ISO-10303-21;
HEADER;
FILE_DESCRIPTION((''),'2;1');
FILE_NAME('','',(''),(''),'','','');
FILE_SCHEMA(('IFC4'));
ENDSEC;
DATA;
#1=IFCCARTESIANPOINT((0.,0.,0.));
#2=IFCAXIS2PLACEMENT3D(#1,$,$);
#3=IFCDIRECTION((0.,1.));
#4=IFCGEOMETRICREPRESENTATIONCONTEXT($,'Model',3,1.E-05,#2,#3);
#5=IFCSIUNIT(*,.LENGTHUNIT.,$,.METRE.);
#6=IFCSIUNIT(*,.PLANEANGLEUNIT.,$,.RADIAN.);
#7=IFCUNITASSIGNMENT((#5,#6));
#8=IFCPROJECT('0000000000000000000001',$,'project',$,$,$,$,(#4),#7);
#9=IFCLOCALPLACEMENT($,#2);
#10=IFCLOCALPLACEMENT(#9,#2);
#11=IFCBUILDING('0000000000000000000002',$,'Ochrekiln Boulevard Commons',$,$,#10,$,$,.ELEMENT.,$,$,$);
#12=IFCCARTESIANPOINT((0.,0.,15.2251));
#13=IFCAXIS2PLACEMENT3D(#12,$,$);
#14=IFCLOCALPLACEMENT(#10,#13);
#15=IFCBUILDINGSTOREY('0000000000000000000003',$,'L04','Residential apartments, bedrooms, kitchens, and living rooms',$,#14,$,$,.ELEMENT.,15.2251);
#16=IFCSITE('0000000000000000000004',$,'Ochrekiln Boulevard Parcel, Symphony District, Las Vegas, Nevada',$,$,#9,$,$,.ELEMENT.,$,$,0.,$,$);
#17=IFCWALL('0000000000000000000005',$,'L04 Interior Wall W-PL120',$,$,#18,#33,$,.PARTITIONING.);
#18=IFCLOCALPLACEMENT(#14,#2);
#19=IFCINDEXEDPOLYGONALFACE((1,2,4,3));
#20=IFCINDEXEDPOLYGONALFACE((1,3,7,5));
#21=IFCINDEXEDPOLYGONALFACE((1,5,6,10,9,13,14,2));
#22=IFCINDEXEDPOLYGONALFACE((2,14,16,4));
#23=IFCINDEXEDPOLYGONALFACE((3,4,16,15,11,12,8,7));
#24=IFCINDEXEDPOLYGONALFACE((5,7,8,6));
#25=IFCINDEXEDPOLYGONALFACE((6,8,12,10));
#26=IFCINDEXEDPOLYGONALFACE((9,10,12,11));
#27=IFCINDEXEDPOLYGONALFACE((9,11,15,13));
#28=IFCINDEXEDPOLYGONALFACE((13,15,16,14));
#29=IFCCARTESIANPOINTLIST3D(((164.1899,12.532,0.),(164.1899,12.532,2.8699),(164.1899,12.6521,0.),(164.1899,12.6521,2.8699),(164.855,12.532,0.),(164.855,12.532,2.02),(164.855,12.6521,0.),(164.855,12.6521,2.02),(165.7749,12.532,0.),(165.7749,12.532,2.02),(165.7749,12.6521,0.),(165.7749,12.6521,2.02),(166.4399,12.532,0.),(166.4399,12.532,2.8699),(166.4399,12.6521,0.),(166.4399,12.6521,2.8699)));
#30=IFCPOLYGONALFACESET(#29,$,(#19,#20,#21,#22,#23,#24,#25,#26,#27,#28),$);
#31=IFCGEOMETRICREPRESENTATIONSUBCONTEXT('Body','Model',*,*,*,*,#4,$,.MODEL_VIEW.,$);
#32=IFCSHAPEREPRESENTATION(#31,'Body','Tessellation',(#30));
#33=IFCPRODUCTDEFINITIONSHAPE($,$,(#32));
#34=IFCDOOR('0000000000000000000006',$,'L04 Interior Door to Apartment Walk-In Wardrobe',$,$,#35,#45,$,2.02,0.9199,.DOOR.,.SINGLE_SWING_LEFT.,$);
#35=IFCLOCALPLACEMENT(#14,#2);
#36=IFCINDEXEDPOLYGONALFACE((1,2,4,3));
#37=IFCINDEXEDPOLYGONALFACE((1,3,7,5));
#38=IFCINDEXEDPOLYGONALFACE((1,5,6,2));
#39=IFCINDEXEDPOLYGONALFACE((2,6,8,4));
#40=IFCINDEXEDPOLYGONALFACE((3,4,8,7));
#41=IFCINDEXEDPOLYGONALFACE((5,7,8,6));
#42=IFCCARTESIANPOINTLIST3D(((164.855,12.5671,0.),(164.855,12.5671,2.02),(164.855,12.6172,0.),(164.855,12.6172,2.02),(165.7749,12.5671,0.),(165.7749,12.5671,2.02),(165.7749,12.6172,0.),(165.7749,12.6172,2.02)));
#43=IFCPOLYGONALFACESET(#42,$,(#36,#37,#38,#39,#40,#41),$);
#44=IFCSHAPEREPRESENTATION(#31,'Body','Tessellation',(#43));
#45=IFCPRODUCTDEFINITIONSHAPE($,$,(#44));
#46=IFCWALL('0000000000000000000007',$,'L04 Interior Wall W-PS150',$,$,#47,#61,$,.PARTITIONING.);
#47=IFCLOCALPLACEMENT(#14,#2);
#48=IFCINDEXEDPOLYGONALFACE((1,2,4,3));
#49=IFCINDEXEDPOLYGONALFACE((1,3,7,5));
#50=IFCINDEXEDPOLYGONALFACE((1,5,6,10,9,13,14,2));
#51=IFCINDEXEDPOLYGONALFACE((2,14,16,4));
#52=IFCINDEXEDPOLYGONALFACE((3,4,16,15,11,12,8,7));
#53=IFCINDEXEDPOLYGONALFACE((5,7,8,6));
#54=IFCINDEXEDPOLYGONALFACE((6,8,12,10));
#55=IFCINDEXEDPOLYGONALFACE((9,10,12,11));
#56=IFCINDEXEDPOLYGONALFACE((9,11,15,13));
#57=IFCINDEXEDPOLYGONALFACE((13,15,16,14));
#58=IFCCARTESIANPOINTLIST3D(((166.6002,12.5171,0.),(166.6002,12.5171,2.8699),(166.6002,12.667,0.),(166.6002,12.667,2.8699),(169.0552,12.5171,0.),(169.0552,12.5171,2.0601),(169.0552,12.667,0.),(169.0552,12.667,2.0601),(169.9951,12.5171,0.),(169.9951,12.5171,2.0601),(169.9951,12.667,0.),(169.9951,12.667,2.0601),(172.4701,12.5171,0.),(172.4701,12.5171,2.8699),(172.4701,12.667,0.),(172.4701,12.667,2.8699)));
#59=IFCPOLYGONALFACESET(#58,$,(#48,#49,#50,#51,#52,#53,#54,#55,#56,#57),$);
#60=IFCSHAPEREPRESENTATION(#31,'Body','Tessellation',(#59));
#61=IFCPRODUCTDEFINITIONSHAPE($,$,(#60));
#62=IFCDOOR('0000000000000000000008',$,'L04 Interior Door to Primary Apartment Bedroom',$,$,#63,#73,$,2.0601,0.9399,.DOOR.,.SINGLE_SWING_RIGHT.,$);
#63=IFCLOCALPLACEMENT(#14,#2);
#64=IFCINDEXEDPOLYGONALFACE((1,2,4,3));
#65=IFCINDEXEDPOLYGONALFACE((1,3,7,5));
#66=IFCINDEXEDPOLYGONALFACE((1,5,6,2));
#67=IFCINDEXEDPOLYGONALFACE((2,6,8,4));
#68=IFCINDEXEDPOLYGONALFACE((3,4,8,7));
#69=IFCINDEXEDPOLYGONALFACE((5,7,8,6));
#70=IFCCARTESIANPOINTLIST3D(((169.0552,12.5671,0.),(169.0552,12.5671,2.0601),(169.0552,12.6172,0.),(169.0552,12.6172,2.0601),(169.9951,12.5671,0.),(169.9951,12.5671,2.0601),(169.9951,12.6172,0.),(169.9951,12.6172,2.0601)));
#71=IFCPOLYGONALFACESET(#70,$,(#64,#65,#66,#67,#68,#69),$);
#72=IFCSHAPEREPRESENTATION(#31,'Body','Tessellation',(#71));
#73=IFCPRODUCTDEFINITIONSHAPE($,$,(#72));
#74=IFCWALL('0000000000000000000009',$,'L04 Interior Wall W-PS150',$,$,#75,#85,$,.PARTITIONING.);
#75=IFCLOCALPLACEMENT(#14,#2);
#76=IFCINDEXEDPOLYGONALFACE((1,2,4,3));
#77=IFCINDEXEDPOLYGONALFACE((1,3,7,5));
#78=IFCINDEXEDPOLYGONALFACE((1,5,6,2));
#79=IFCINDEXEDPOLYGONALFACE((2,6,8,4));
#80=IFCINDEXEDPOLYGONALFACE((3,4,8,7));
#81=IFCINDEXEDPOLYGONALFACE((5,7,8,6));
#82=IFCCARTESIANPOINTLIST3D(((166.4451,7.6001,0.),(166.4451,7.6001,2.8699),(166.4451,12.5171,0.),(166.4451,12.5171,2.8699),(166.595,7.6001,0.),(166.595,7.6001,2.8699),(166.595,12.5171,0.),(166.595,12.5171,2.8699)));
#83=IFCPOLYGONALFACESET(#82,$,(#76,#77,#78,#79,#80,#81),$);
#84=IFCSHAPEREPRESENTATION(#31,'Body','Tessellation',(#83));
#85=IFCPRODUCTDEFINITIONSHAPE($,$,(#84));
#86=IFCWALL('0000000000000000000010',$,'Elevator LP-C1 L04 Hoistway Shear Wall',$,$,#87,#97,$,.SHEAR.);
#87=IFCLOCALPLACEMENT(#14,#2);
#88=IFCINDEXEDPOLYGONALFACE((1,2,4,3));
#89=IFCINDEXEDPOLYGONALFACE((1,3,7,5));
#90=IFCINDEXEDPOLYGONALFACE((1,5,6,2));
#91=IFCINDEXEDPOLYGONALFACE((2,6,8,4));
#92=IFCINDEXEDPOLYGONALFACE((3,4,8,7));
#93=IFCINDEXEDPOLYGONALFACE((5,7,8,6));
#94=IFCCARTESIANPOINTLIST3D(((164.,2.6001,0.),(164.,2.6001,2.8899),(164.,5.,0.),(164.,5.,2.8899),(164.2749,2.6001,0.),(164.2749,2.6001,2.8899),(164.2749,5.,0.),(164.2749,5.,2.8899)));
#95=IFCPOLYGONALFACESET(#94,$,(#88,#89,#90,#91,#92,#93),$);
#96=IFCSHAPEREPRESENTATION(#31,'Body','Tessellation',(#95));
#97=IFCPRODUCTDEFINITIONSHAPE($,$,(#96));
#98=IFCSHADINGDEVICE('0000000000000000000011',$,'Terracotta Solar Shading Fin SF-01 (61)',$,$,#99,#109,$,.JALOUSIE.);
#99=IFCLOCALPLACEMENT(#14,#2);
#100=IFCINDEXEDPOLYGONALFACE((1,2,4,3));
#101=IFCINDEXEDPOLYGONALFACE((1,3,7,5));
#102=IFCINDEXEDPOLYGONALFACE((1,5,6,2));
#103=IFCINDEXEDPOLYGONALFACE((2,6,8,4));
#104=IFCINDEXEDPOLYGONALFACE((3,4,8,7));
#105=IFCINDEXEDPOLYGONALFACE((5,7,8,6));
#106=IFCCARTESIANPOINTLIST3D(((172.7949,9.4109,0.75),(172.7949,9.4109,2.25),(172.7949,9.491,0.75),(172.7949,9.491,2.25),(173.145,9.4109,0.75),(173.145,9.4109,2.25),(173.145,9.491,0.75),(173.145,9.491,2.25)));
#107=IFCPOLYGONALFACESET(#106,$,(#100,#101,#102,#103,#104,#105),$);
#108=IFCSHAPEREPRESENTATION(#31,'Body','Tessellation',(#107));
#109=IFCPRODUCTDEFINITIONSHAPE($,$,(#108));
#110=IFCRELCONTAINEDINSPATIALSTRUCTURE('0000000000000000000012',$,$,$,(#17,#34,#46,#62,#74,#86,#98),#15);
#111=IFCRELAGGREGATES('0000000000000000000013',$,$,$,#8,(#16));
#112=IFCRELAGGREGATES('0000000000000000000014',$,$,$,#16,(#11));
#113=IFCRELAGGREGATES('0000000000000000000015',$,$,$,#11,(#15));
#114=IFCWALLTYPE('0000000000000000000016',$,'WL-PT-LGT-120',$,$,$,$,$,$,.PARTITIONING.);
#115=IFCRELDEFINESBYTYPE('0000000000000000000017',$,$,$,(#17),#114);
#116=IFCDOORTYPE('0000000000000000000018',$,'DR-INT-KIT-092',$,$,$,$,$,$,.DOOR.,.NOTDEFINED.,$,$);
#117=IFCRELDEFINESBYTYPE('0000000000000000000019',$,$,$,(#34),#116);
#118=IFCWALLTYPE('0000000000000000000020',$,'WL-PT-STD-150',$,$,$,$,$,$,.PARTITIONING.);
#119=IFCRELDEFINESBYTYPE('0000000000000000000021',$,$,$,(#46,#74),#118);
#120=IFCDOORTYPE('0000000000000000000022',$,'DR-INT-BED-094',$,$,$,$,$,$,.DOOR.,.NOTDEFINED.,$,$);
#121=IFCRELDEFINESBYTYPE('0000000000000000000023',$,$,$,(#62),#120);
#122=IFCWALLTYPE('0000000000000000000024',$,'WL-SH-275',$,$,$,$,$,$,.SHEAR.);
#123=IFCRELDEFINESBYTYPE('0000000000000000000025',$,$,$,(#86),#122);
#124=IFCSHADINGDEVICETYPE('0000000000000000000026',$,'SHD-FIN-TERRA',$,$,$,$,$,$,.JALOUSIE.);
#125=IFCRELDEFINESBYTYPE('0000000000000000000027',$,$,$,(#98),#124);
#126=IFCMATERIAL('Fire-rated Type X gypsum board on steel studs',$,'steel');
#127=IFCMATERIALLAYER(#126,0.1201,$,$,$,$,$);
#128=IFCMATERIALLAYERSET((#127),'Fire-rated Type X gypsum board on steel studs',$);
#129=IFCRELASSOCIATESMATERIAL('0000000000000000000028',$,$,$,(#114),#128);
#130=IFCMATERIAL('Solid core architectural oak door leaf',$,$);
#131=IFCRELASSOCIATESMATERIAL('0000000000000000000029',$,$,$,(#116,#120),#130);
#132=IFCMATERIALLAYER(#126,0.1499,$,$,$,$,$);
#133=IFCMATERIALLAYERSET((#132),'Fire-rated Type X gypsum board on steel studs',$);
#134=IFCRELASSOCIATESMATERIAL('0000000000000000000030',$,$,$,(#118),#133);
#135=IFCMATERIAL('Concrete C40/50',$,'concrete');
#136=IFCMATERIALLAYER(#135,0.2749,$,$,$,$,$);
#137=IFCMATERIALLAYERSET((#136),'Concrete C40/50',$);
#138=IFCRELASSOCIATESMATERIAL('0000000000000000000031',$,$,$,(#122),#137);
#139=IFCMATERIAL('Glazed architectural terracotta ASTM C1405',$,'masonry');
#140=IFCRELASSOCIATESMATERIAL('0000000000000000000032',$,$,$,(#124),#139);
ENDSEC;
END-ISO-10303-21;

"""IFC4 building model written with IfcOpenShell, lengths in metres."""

from ifc_helpers import new_model, si_unit, direction, frame, frame_2d, origin, origin_2d, place, context, subcontext, project, spatial, rectangle, extrude, material, layer, layer_set, type_object, element, fill, save


model = new_model("IFC4")

# Units and contexts
model_context = context("Model", 3, precision=1e-05, world=origin(), true_north=direction((0.0, 1.0)))
body_context = subcontext(model_context, "Body", "Model", "MODEL_VIEW")
ifc_project = project(units=[si_unit("LENGTHUNIT", "METRE"), si_unit("PLANEANGLEUNIT", "RADIAN")], contexts=[model_context])

# Site, building, storey
site_placement = place(None, origin())
site = spatial("IfcSite", under=ifc_project, at=site_placement, Name="Ochrekiln Boulevard Parcel, Symphony District, Las Vegas, Nevada", CompositionType="ELEMENT", RefElevation=0.0)
building_placement = place(site_placement, origin())
building = spatial("IfcBuilding", under=site, at=building_placement, Name="Ochrekiln Boulevard Commons", CompositionType="ELEMENT")
storey_placement = place(building_placement, frame((0.0, 0.0, 15.2251)))
storey = spatial("IfcBuildingStorey", under=building, at=storey_placement, Name="L04", Description="Residential apartments, bedrooms, kitchens, and living rooms", CompositionType="ELEMENT", Elevation=15.2251)

# Shared definitions
ifc_material_1 = material(Name="Concrete C40/50", Category="concrete")

# Walls, openings, doors
ifc_material_2 = material(Name="Solid core architectural oak door leaf")
ifc_material_3 = material(Name="Fire-rated Type X gypsum board on steel studs", Category="steel")
ifc_layer_1 = layer(ifc_material_3, 0.1201)
ifc_layer_set_1 = layer_set([ifc_layer_1], Name="Fire-rated Type X gypsum board on steel studs")
wall_type_1 = type_object("IfcWallType", Name="WL-PT-LGT-120", PredefinedType="PARTITIONING", material=ifc_layer_set_1)
wall_1_placement = place(storey_placement, frame((164.1899, 12.592, 0.0), z_axis=(0.0, 0.0, 1.0), x_axis=(1.0, 0.0, 0.0)))
wall_1 = element("IfcWall", 1, at=wall_1_placement, inside=storey, type_object=wall_type_1, Name="L04 Interior Wall W-PL120", PredefinedType="PARTITIONING", context=body_context, shape_type="SweptSolid", body=[
    extrude(rectangle(XDim=2.25, YDim=0.1201, at=frame_2d((1.125, 0.0))), origin(), (0.0, 0.0, 1.0), 2.8699),
])
opening_1_placement = place(wall_1_placement, frame((0.665, 0.0, 0.0)))
opening_1 = element("IfcOpeningElement", 2, at=opening_1_placement, cuts=wall_1, PredefinedType="OPENING", context=body_context, shape_type="SweptSolid", body=[
    extrude(rectangle(XDim=0.9199, YDim=2.02, at=frame_2d((0.46, 1.01))), frame((0.0, 0.0701, 0.0), z_axis=(0.0, -1.0, 0.0), x_axis=(1.0, 0.0, 0.0)), (0.0, 0.0, 1.0), 0.1401),
])
door_type_1 = type_object("IfcDoorType", Name="DR-INT-KIT-092", OperationType="NOTDEFINED", PredefinedType="DOOR", material=ifc_material_2)
door_1_placement = place(opening_1_placement, frame((0.9199, 0.0, 0.0), z_axis=(0.0, 0.0, 1.0), x_axis=(-1.0, 0.0, 0.0)))
door_1 = element("IfcDoor", 3, at=door_1_placement, inside=storey, type_object=door_type_1, Name="L04 Interior Door to Apartment Walk-In Wardrobe", OperationType="SINGLE_SWING_LEFT", OverallHeight=2.02, OverallWidth=0.9199, PredefinedType="DOOR", context=body_context, shape_type="SweptSolid", body=[
    extrude(rectangle(XDim=0.9199, YDim=2.02, at=frame_2d((0.46, 1.01))), frame((0.0, 0.0249, 0.0), z_axis=(0.0, -1.0, 0.0), x_axis=(1.0, 0.0, 0.0)), (0.0, 0.0, 1.0), 0.05),
])
fill(opening_1, door_1)
ifc_layer_2 = layer(ifc_material_3, 0.1499)
ifc_layer_set_2 = layer_set([ifc_layer_2], Name="Fire-rated Type X gypsum board on steel studs")
wall_type_2 = type_object("IfcWallType", Name="WL-PT-STD-150", PredefinedType="PARTITIONING", material=ifc_layer_set_2)
wall_2_placement = place(storey_placement, frame((166.6001, 12.592, 0.0), z_axis=(0.0, 0.0, 1.0), x_axis=(1.0, 0.0, 0.0)))
wall_2 = element("IfcWall", 4, at=wall_2_placement, inside=storey, type_object=wall_type_2, Name="L04 Interior Wall W-PS150", PredefinedType="PARTITIONING", context=body_context, shape_type="SweptSolid", body=[
    extrude(rectangle(XDim=5.8699, YDim=0.1499, at=frame_2d((2.9351, 0.0))), origin(), (0.0, 0.0, 1.0), 2.8699),
])
opening_2_placement = place(wall_2_placement, frame((2.4551, 0.0, 0.0)))
opening_2 = element("IfcOpeningElement", 5, at=opening_2_placement, cuts=wall_2, PredefinedType="OPENING", context=body_context, shape_type="SweptSolid", body=[
    extrude(rectangle(XDim=0.9399, YDim=2.0601, at=frame_2d((0.47, 1.03))), frame((0.0, 0.085, 0.0), z_axis=(0.0, -1.0, 0.0), x_axis=(1.0, 0.0, 0.0)), (0.0, 0.0, 1.0), 0.1699),
])
door_type_2 = type_object("IfcDoorType", Name="DR-INT-BED-094", OperationType="NOTDEFINED", PredefinedType="DOOR", material=ifc_material_2)
door_2_placement = place(opening_2_placement, frame((0.9399, 0.0, 0.0), z_axis=(0.0, 0.0, 1.0), x_axis=(-1.0, 0.0, 0.0)))
door_2 = element("IfcDoor", 6, at=door_2_placement, inside=storey, type_object=door_type_2, Name="L04 Interior Door to Primary Apartment Bedroom", OperationType="SINGLE_SWING_RIGHT", OverallHeight=2.0601, OverallWidth=0.9399, PredefinedType="DOOR", context=body_context, shape_type="SweptSolid", body=[
    extrude(rectangle(XDim=0.9399, YDim=2.0601, at=frame_2d((0.47, 1.03))), frame((0.0, 0.0249, 0.0), z_axis=(0.0, -1.0, 0.0), x_axis=(1.0, 0.0, 0.0)), (0.0, 0.0, 1.0), 0.05),
])
fill(opening_2, door_2)

# Walls
wall_3_placement = place(storey_placement, frame((166.52, 7.6001, 0.0), z_axis=(0.0, 0.0, 1.0), x_axis=(0.0, 1.0, 0.0)))
element("IfcWall", 7, at=wall_3_placement, inside=storey, type_object=wall_type_2, Name="L04 Interior Wall W-PS150", PredefinedType="PARTITIONING", context=body_context, shape_type="SweptSolid", body=[
    extrude(rectangle(XDim=4.917, YDim=0.1499, at=frame_2d((2.4585, 0.0))), origin(), (0.0, 0.0, 1.0), 2.8699),
])
ifc_layer_3 = layer(ifc_material_1, 0.2749)
ifc_layer_set_3 = layer_set([ifc_layer_3], Name="Concrete C40/50")
wall_type_3 = type_object("IfcWallType", Name="WL-SH-275", PredefinedType="SHEAR", material=ifc_layer_set_3)
wall_4_placement = place(storey_placement, frame((164.1375, 2.6001, 0.0), z_axis=(0.0, 0.0, 1.0), x_axis=(0.0, 1.0, 0.0)))
element("IfcWall", 8, at=wall_4_placement, inside=storey, type_object=wall_type_3, Name="Elevator LP-C1 L04 Hoistway Shear Wall", PredefinedType="SHEAR", context=body_context, shape_type="SweptSolid", body=[
    extrude(rectangle(XDim=2.3999, YDim=0.2749, at=frame_2d((1.2, 0.0))), origin(), (0.0, 0.0, 1.0), 2.8899),
])

# Shading device
ifc_material_4 = material(Name="Glazed architectural terracotta ASTM C1405", Category="masonry")
shading_device_type = type_object("IfcShadingDeviceType", Name="SHD-FIN-TERRA", PredefinedType="JALOUSIE", material=ifc_material_4)
shading_device_placement = place(storey_placement, frame((172.97, 9.4509, 0.75), z_axis=(0.0, 0.0, 1.0), x_axis=(1.0, 0.0, 0.0)))
element("IfcShadingDevice", 9, at=shading_device_placement, inside=storey, type_object=shading_device_type, Name="Terracotta Solar Shading Fin SF-01 (61)", PredefinedType="JALOUSIE", context=body_context, shape_type="SweptSolid", body=[
    extrude(rectangle(XDim=0.3501, YDim=0.0801, at=origin_2d()), origin(), (0.0, 0.0, 1.0), 1.5),
])

save(model, "model.ifc")
